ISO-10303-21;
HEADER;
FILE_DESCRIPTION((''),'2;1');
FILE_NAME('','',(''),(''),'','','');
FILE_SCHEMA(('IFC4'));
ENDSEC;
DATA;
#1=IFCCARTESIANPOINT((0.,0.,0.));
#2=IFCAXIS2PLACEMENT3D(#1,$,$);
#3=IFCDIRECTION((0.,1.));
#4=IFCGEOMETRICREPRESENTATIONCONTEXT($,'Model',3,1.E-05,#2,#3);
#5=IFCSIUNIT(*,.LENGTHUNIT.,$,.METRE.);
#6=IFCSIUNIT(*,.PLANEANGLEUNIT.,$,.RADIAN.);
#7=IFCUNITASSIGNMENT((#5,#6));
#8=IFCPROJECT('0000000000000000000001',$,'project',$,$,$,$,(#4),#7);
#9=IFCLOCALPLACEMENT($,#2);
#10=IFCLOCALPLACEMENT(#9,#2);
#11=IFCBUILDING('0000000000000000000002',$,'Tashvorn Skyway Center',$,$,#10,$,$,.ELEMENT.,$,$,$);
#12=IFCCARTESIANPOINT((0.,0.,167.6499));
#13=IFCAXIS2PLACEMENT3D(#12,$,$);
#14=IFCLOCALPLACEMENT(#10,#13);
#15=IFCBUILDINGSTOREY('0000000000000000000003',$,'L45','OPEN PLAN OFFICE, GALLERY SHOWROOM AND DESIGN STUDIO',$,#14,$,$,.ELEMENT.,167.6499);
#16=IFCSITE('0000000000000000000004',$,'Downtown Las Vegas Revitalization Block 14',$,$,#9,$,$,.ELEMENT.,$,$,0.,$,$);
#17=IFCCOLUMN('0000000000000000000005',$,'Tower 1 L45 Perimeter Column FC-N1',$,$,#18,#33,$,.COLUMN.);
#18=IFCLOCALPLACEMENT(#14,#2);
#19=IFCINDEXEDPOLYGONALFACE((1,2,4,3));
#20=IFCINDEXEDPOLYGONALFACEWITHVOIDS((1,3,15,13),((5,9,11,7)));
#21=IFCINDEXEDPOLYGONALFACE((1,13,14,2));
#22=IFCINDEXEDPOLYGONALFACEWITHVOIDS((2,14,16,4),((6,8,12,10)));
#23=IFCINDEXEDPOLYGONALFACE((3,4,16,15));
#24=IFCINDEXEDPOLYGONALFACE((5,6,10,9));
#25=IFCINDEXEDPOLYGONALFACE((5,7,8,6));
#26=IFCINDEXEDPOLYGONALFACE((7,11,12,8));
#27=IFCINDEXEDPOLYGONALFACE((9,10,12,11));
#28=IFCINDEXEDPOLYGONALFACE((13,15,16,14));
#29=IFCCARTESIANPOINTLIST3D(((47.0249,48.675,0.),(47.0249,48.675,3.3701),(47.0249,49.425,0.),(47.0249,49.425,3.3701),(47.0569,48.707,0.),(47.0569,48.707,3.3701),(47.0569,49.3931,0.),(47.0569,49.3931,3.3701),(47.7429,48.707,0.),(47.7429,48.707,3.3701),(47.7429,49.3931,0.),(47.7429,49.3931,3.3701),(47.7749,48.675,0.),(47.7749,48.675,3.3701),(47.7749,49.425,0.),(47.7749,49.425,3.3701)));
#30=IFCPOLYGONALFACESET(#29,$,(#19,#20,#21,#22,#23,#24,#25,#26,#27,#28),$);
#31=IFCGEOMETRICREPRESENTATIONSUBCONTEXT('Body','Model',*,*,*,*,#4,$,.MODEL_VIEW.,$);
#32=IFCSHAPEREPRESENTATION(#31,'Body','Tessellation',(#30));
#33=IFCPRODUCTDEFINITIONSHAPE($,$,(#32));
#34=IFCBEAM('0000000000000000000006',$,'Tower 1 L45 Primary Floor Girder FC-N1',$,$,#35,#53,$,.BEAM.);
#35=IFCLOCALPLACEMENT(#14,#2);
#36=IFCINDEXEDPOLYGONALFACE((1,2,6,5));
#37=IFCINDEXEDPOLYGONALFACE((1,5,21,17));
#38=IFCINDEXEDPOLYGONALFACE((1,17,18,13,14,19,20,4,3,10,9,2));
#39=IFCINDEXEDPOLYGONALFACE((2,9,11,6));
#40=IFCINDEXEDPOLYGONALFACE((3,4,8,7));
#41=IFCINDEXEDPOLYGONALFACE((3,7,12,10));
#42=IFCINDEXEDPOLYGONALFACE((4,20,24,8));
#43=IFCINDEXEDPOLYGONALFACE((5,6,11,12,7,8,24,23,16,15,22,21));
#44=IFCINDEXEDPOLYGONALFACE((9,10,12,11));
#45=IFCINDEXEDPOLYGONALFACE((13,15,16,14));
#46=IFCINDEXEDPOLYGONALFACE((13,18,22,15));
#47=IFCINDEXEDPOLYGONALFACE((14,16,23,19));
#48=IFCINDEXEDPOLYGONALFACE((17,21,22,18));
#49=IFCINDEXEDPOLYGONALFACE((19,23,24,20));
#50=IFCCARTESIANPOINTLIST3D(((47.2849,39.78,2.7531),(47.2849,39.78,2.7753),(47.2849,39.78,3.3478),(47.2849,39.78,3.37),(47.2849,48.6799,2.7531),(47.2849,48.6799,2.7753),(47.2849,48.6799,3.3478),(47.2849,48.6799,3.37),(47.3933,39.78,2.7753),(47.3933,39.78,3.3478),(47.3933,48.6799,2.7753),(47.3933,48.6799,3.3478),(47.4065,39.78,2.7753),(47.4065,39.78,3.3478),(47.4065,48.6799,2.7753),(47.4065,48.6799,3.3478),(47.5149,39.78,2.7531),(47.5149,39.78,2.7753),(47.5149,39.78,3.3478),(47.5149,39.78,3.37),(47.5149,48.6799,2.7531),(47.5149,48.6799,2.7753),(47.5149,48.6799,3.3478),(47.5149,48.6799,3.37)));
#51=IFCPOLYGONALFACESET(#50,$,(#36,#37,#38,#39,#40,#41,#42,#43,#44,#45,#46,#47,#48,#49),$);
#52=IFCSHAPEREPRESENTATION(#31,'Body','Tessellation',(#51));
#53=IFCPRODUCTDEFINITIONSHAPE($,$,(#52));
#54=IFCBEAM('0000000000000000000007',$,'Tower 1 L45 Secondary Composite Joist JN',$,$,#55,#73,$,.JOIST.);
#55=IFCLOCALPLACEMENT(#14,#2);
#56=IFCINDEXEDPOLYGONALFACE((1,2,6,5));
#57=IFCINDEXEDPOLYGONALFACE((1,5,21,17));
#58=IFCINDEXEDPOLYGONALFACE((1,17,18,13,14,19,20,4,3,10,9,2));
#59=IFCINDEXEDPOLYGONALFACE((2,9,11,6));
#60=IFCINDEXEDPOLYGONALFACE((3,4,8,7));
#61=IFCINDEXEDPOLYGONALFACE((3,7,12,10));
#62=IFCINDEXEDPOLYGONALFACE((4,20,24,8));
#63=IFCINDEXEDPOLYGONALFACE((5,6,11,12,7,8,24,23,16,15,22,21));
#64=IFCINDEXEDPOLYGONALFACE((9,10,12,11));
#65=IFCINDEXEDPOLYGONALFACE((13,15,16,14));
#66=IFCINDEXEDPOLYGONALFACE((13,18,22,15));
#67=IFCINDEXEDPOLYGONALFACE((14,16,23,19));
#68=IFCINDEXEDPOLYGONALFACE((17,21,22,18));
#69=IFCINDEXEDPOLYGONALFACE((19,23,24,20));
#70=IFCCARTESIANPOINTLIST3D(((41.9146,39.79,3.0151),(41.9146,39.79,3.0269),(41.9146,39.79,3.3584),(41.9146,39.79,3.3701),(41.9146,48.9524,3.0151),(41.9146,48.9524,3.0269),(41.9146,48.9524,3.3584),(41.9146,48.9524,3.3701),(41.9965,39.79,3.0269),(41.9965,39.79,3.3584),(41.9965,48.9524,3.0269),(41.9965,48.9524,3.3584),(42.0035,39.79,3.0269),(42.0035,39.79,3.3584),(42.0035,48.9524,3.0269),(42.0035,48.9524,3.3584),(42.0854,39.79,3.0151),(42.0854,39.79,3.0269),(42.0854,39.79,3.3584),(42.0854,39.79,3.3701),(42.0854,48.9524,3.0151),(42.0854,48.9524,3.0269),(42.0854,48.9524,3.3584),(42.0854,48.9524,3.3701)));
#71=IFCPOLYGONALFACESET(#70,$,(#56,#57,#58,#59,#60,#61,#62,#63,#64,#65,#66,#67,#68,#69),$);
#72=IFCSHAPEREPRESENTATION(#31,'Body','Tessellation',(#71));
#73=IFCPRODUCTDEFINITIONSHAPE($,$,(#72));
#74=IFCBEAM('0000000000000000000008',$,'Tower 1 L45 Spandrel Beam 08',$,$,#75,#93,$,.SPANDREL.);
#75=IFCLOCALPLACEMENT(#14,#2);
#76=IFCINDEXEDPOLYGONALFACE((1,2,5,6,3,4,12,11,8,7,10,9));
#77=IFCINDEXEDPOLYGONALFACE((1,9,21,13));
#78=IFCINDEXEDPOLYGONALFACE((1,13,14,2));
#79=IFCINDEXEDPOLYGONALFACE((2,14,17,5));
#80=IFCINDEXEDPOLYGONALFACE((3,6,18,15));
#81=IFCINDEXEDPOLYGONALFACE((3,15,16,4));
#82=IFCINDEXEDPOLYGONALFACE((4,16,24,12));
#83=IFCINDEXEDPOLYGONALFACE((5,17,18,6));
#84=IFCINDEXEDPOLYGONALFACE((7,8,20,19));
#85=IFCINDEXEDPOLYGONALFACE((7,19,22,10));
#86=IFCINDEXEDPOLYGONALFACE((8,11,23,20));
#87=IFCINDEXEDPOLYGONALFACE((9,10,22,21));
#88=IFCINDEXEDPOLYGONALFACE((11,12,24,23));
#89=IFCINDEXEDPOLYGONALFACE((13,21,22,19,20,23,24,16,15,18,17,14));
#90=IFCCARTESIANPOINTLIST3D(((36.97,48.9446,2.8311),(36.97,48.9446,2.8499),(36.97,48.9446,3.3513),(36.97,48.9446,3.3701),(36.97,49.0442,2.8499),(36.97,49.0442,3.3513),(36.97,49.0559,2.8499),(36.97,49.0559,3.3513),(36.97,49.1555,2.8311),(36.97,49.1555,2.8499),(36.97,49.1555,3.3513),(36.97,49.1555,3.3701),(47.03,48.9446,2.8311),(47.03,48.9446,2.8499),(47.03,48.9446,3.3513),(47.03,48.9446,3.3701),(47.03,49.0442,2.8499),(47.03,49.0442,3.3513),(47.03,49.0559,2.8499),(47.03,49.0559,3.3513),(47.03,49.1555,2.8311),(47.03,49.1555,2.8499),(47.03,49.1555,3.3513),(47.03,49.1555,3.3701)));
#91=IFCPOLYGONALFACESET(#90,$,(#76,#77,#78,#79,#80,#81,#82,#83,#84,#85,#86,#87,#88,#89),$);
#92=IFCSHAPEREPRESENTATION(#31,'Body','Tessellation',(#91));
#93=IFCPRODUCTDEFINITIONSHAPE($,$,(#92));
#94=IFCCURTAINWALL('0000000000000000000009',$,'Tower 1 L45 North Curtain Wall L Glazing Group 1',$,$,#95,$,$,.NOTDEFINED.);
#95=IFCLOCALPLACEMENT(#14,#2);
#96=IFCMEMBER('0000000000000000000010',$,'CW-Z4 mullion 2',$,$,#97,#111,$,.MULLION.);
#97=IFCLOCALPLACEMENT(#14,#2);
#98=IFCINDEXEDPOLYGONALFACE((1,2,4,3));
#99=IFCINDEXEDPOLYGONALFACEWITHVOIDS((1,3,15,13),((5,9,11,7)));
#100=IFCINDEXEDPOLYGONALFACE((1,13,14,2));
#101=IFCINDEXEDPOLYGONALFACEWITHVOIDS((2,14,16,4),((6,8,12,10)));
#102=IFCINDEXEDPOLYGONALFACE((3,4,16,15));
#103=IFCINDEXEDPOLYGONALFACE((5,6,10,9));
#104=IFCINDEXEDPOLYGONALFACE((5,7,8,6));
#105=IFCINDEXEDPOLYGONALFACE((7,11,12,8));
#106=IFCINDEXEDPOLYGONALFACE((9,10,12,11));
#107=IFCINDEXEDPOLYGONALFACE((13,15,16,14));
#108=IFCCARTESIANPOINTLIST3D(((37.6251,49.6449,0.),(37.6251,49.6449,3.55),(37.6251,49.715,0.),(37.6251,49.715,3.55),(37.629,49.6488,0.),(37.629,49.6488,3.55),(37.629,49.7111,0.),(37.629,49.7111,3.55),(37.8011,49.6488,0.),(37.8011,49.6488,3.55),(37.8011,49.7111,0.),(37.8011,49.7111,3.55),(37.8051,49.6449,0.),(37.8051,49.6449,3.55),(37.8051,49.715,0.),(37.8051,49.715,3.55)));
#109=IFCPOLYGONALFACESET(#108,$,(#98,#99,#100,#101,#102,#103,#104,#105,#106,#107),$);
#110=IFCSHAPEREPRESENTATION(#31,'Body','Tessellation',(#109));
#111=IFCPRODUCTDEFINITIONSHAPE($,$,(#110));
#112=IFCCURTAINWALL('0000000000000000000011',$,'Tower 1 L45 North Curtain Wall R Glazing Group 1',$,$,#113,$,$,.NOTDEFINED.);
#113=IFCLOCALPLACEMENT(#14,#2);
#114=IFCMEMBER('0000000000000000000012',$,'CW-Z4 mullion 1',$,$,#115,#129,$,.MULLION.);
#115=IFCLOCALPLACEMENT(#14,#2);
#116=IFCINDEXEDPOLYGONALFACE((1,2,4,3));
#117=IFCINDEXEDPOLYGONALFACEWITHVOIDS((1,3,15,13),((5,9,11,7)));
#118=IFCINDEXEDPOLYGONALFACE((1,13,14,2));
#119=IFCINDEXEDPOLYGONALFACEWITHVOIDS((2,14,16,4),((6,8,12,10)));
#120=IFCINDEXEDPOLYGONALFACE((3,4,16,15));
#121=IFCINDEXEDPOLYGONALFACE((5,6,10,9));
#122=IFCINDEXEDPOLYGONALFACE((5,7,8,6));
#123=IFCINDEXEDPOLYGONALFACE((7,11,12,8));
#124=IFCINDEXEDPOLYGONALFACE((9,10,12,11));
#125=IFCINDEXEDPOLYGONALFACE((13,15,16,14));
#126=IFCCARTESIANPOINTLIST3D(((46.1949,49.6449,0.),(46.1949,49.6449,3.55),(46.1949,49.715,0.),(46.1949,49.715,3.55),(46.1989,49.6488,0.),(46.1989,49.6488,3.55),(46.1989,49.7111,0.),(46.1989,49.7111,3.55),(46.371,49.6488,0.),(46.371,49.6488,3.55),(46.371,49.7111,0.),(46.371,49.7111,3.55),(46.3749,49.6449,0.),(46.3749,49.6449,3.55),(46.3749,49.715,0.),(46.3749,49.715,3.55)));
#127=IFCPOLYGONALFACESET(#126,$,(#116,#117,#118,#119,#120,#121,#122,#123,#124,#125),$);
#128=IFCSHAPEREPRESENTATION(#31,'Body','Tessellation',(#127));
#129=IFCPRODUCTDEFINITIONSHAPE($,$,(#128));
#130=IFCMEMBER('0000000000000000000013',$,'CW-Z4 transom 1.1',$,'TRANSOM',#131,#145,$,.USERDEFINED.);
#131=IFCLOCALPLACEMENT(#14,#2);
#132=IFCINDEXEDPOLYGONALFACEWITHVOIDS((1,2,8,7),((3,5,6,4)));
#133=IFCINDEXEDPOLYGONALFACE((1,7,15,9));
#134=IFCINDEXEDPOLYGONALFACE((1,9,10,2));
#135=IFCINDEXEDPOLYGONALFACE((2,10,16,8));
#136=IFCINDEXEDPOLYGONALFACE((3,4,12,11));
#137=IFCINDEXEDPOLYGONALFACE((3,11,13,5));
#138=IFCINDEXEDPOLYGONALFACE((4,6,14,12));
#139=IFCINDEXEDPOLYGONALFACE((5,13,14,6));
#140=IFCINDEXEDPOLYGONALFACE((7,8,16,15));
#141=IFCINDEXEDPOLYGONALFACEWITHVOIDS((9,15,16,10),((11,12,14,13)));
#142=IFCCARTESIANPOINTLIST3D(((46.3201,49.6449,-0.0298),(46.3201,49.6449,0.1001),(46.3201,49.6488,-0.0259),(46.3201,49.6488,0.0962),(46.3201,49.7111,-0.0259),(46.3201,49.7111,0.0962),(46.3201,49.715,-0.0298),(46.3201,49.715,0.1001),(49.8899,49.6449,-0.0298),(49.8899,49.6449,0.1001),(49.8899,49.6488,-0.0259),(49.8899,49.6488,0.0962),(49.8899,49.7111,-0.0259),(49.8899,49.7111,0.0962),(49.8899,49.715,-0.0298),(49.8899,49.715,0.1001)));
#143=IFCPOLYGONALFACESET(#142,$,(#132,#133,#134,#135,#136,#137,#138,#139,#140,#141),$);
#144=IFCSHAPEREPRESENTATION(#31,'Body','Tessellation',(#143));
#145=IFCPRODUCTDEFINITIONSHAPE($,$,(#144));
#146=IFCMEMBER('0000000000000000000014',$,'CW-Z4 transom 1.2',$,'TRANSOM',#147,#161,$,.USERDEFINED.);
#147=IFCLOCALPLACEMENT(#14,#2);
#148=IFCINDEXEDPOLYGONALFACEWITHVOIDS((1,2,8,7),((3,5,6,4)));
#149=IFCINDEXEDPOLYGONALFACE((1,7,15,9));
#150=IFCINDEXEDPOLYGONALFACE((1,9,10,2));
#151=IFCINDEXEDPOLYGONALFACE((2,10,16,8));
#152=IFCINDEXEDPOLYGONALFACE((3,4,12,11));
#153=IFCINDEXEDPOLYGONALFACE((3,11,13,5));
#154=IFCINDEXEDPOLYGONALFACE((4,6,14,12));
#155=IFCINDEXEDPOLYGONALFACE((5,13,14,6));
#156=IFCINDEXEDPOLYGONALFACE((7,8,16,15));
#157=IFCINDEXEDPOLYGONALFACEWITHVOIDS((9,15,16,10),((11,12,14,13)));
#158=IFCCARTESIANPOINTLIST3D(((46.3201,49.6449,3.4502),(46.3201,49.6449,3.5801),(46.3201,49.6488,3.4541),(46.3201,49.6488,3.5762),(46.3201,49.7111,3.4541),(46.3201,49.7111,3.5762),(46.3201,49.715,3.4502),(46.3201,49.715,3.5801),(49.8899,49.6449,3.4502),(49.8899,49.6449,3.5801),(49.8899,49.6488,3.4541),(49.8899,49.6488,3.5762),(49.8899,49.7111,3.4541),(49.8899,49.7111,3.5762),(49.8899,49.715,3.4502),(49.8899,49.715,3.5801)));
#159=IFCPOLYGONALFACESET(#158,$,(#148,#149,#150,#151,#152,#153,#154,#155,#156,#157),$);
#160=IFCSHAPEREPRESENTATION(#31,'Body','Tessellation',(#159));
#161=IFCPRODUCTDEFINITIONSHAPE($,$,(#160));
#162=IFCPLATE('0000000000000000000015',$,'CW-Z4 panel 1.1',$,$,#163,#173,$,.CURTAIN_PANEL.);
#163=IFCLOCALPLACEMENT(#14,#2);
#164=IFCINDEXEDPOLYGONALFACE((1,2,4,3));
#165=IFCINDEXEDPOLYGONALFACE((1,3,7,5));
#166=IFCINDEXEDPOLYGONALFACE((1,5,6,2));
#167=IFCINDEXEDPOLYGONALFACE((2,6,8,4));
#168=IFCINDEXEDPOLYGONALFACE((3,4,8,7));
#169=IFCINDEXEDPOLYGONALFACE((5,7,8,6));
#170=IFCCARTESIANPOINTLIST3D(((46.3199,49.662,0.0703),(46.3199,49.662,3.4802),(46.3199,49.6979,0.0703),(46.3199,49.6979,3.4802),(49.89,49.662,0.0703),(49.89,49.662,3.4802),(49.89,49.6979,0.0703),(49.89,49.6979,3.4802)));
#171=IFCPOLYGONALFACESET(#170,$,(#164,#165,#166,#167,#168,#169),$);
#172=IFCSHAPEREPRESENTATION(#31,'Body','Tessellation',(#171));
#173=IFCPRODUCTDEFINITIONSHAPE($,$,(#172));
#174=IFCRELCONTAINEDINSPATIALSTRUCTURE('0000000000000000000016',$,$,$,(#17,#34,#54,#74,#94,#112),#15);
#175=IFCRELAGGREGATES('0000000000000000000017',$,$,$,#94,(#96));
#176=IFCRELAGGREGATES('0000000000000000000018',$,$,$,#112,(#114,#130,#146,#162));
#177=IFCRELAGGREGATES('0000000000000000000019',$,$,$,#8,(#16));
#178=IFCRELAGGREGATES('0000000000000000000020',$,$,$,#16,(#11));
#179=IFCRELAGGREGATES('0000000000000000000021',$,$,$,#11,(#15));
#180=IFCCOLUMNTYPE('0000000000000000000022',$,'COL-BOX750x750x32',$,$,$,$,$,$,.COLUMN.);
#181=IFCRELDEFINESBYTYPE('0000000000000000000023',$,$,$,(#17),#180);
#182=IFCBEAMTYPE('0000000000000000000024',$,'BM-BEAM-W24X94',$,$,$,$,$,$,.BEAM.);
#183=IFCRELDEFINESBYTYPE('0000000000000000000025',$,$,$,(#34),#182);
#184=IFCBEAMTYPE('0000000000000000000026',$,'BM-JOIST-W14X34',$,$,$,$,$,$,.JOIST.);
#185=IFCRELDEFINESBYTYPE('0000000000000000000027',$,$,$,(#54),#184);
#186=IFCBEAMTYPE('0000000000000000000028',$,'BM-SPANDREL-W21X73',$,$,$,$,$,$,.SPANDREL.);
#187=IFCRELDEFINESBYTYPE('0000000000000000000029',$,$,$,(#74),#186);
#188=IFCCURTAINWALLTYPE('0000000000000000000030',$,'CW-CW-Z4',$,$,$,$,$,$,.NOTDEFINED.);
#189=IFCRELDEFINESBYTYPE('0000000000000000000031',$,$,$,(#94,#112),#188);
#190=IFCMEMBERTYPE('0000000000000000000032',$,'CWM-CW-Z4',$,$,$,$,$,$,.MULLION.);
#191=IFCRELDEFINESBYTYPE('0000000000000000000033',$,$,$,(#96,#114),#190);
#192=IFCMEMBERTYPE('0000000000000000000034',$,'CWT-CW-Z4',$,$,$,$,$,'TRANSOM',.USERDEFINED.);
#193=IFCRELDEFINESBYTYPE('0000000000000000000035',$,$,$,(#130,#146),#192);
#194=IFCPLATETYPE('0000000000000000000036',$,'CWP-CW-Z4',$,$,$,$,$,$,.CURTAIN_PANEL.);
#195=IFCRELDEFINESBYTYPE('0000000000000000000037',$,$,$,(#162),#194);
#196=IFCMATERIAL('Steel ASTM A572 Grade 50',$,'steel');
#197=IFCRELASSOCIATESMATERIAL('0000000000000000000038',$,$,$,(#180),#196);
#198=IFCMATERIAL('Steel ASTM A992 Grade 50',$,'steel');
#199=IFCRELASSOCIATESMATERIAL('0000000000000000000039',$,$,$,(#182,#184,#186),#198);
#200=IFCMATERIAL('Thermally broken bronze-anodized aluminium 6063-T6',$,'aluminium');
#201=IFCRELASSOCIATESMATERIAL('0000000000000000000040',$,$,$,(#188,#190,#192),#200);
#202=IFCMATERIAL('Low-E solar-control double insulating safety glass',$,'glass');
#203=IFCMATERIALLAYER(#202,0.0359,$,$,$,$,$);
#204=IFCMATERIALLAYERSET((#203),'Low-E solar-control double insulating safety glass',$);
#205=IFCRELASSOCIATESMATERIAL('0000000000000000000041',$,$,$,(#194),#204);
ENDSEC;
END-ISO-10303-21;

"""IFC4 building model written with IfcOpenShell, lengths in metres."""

from ifc_helpers import new_model, si_unit, direction, frame, origin, origin_2d, place, context, subcontext, project, spatial, rectangle, hollow_rectangle, i_section, extrude, material, layer, layer_set, material_profile, profile_set, type_object, element, aggregate, save


model = new_model("IFC4")

# Units and contexts
model_context = context("Model", 3, precision=1e-05, world=origin(), true_north=direction((0.0, 1.0)))
body_context = subcontext(model_context, "Body", "Model", "MODEL_VIEW")
ifc_project = project(units=[si_unit("LENGTHUNIT", "METRE"), si_unit("PLANEANGLEUNIT", "RADIAN")], contexts=[model_context])

# Site, building, storey
site_placement = place(None, origin())
site = spatial("IfcSite", under=ifc_project, at=site_placement, Name="Downtown Las Vegas Revitalization Block 14", CompositionType="ELEMENT", RefElevation=0.0)
building_placement = place(site_placement, origin())
building = spatial("IfcBuilding", under=site, at=building_placement, Name="Tashvorn Skyway Center", CompositionType="ELEMENT")
storey_placement = place(building_placement, frame((0.0, 0.0, 167.6499)))
storey = spatial("IfcBuildingStorey", under=building, at=storey_placement, Name="L45", Description="OPEN PLAN OFFICE, GALLERY SHOWROOM AND DESIGN STUDIO", CompositionType="ELEMENT", Elevation=167.6499)

# Column
ifc_material_1 = material(Name="Steel ASTM A572 Grade 50", Category="steel")
ifc_material_profile_1 = material_profile(ifc_material_1, hollow_rectangle(XDim=0.75, YDim=0.75, WallThickness=0.032, at=origin_2d()), Name="BOX750x750x32")
ifc_profile_set_1 = profile_set([ifc_material_profile_1], Name="Steel ASTM A572 Grade 50")
column_type = type_object("IfcColumnType", Name="COL-BOX750x750x32", PredefinedType="COLUMN", material=ifc_profile_set_1)
column_placement = place(storey_placement, frame((47.3999, 49.05, 0.0), z_axis=(0.0, 0.0, 1.0), x_axis=(1.0, 0.0, 0.0)))
element("IfcColumn", 1, at=column_placement, inside=storey, type_object=column_type, Name="Tower 1 L45 Perimeter Column FC-N1", PredefinedType="COLUMN", context=body_context, shape_type="SweptSolid", body=[
    extrude(hollow_rectangle(XDim=0.75, YDim=0.75, WallThickness=0.032, at=origin_2d()), origin(), (0.0, 0.0, 1.0), 3.3701),
])

# Beams
ifc_material_2 = material(Name="Steel ASTM A992 Grade 50", Category="steel")
ifc_material_profile_2 = material_profile(ifc_material_2, i_section(OverallWidth=0.23, OverallDepth=0.6169, WebThickness=0.0132, FlangeThickness=0.0222, at=origin_2d()), Name="W24X94")
ifc_profile_set_2 = profile_set([ifc_material_profile_2], Name="Steel ASTM A992 Grade 50")
beam_type_1 = type_object("IfcBeamType", Name="BM-BEAM-W24X94", PredefinedType="BEAM", material=ifc_profile_set_2)
beam_1_placement = place(storey_placement, frame((47.3999, 48.6799, 3.0615), z_axis=(0.0, -1.0, 0.0), x_axis=(1.0, 0.0, 0.0)))
element("IfcBeam", 2, at=beam_1_placement, inside=storey, type_object=beam_type_1, Name="Tower 1 L45 Primary Floor Girder FC-N1", PredefinedType="BEAM", context=body_context, shape_type="SweptSolid", body=[
    extrude(i_section(OverallWidth=0.23, OverallDepth=0.6169, WebThickness=0.0132, FlangeThickness=0.0222, at=origin_2d()), origin(), (0.0, 0.0, 1.0), 8.8999),
])
ifc_material_profile_3 = material_profile(ifc_material_2, i_section(OverallWidth=0.1709, OverallDepth=0.355, WebThickness=0.0071, FlangeThickness=0.0117, at=origin_2d()), Name="W14X34")
ifc_profile_set_3 = profile_set([ifc_material_profile_3], Name="Steel ASTM A992 Grade 50")
beam_type_2 = type_object("IfcBeamType", Name="BM-JOIST-W14X34", PredefinedType="JOIST", material=ifc_profile_set_3)
beam_2_placement = place(storey_placement, frame((42.0, 39.79, 3.1926), z_axis=(0.0, 1.0, 0.0), x_axis=(-1.0, 0.0, 0.0)))
element("IfcBeam", 3, at=beam_2_placement, inside=storey, type_object=beam_type_2, Name="Tower 1 L45 Secondary Composite Joist JN", PredefinedType="JOIST", context=body_context, shape_type="SweptSolid", body=[
    extrude(i_section(OverallWidth=0.1709, OverallDepth=0.355, WebThickness=0.0071, FlangeThickness=0.0117, at=origin_2d()), origin(), (0.0, 0.0, 1.0), 9.1624),
])
ifc_material_profile_4 = material_profile(ifc_material_2, i_section(OverallWidth=0.2109, OverallDepth=0.5391, WebThickness=0.0117, FlangeThickness=0.0188, at=origin_2d()), Name="W21X73")
ifc_profile_set_4 = profile_set([ifc_material_profile_4], Name="Steel ASTM A992 Grade 50")
beam_type_3 = type_object("IfcBeamType", Name="BM-SPANDREL-W21X73", PredefinedType="SPANDREL", material=ifc_profile_set_4)
beam_3_placement = place(storey_placement, frame((47.03, 49.05, 3.1006), z_axis=(-1.0, 0.0, 0.0), x_axis=(0.0, -1.0, 0.0)))
element("IfcBeam", 4, at=beam_3_placement, inside=storey, type_object=beam_type_3, Name="Tower 1 L45 Spandrel Beam 08", PredefinedType="SPANDREL", context=body_context, shape_type="SweptSolid", body=[
    extrude(i_section(OverallWidth=0.2109, OverallDepth=0.5391, WebThickness=0.0117, FlangeThickness=0.0188, at=origin_2d()), origin(), (0.0, 0.0, 1.0), 10.0601),
])

# Curtain wall, member
ifc_material_3 = material(Name="Thermally broken bronze-anodized aluminium 6063-T6", Category="aluminium")
curtain_wall_type = type_object("IfcCurtainWallType", Name="CW-CW-Z4", PredefinedType="NOTDEFINED", material=ifc_material_3)
curtain_wall_1_placement = place(storey_placement, origin())
curtain_wall_1 = element("IfcCurtainWall", 5, at=curtain_wall_1_placement, inside=storey, type_object=curtain_wall_type, Name="Tower 1 L45 North Curtain Wall L Glazing Group 1", PredefinedType="NOTDEFINED")
ifc_material_profile_5 = material_profile(ifc_material_3, hollow_rectangle(XDim=0.0701, YDim=0.1799, WallThickness=0.0039, at=origin_2d()), Name="ALU-MULL-70x180")
ifc_profile_set_5 = profile_set([ifc_material_profile_5], Name="Thermally broken bronze-anodized aluminium 6063-T6")
member_type_1 = type_object("IfcMemberType", Name="CWM-CW-Z4", PredefinedType="MULLION", material=ifc_profile_set_5)
member_1_placement = place(storey_placement, frame((37.7151, 49.6799, 0.0), z_axis=(0.0, 0.0, 1.0), x_axis=(0.0, 1.0, 0.0)))
member_1 = element("IfcMember", 6, at=member_1_placement, type_object=member_type_1, Name="CW-Z4 mullion 2", PredefinedType="MULLION", context=body_context, shape_type="SweptSolid", body=[
    extrude(hollow_rectangle(XDim=0.0701, YDim=0.1799, WallThickness=0.0039, at=origin_2d()), origin(), (0.0, 0.0, 1.0), 3.55),
])
aggregate(curtain_wall_1, [member_1])

# Curtain wall, members, plate
curtain_wall_2_placement = place(storey_placement, origin())
curtain_wall_2 = element("IfcCurtainWall", 7, at=curtain_wall_2_placement, inside=storey, type_object=curtain_wall_type, Name="Tower 1 L45 North Curtain Wall R Glazing Group 1", PredefinedType="NOTDEFINED")
member_2_placement = place(storey_placement, frame((46.2849, 49.6799, 0.0), z_axis=(0.0, 0.0, 1.0), x_axis=(0.0, 1.0, 0.0)))
member_2 = element("IfcMember", 8, at=member_2_placement, type_object=member_type_1, Name="CW-Z4 mullion 1", PredefinedType="MULLION", context=body_context, shape_type="SweptSolid", body=[
    extrude(hollow_rectangle(XDim=0.0701, YDim=0.1799, WallThickness=0.0039, at=origin_2d()), origin(), (0.0, 0.0, 1.0), 3.55),
])
ifc_material_profile_6 = material_profile(ifc_material_3, hollow_rectangle(XDim=0.0701, YDim=0.1299, WallThickness=0.0039, at=origin_2d()), Name="ALU-TRAN-70x130")
ifc_profile_set_6 = profile_set([ifc_material_profile_6], Name="Thermally broken bronze-anodized aluminium 6063-T6")
member_type_2 = type_object("IfcMemberType", Name="CWT-CW-Z4", ElementType="TRANSOM", PredefinedType="USERDEFINED", material=ifc_profile_set_6)
member_3_placement = place(storey_placement, frame((46.3201, 49.6799, 0.0352), z_axis=(1.0, 0.0, 0.0), x_axis=(0.0, 1.0, 0.0)))
member_3 = element("IfcMember", 9, at=member_3_placement, type_object=member_type_2, Name="CW-Z4 transom 1.1", ObjectType="TRANSOM", PredefinedType="USERDEFINED", context=body_context, shape_type="SweptSolid", body=[
    extrude(hollow_rectangle(XDim=0.0701, YDim=0.1299, WallThickness=0.0039, at=origin_2d()), origin(), (0.0, 0.0, 1.0), 3.5698),
])
member_4_placement = place(storey_placement, frame((46.3201, 49.6799, 3.5151), z_axis=(1.0, 0.0, 0.0), x_axis=(0.0, 1.0, 0.0)))
member_4 = element("IfcMember", 10, at=member_4_placement, type_object=member_type_2, Name="CW-Z4 transom 1.2", ObjectType="TRANSOM", PredefinedType="USERDEFINED", context=body_context, shape_type="SweptSolid", body=[
    extrude(hollow_rectangle(XDim=0.0701, YDim=0.1299, WallThickness=0.0039, at=origin_2d()), origin(), (0.0, 0.0, 1.0), 3.5698),
])
ifc_material_4 = material(Name="Low-E solar-control double insulating safety glass", Category="glass")
ifc_layer_1 = layer(ifc_material_4, 0.0359)
ifc_layer_set_1 = layer_set([ifc_layer_1], Name="Low-E solar-control double insulating safety glass")
plate_type = type_object("IfcPlateType", Name="CWP-CW-Z4", PredefinedType="CURTAIN_PANEL", material=ifc_layer_set_1)
plate_placement = place(storey_placement, frame((48.105, 49.6799, 0.0703), z_axis=(0.0, 0.0, 1.0), x_axis=(1.0, 0.0, 0.0)))
plate = element("IfcPlate", 11, at=plate_placement, type_object=plate_type, Name="CW-Z4 panel 1.1", PredefinedType="CURTAIN_PANEL", context=body_context, shape_type="SweptSolid", body=[
    extrude(rectangle(XDim=3.5701, YDim=0.0359, at=origin_2d()), origin(), (0.0, 0.0, 1.0), 3.4099),
])
aggregate(curtain_wall_2, [member_2, member_3, member_4, plate])

save(model, "model.ifc")
